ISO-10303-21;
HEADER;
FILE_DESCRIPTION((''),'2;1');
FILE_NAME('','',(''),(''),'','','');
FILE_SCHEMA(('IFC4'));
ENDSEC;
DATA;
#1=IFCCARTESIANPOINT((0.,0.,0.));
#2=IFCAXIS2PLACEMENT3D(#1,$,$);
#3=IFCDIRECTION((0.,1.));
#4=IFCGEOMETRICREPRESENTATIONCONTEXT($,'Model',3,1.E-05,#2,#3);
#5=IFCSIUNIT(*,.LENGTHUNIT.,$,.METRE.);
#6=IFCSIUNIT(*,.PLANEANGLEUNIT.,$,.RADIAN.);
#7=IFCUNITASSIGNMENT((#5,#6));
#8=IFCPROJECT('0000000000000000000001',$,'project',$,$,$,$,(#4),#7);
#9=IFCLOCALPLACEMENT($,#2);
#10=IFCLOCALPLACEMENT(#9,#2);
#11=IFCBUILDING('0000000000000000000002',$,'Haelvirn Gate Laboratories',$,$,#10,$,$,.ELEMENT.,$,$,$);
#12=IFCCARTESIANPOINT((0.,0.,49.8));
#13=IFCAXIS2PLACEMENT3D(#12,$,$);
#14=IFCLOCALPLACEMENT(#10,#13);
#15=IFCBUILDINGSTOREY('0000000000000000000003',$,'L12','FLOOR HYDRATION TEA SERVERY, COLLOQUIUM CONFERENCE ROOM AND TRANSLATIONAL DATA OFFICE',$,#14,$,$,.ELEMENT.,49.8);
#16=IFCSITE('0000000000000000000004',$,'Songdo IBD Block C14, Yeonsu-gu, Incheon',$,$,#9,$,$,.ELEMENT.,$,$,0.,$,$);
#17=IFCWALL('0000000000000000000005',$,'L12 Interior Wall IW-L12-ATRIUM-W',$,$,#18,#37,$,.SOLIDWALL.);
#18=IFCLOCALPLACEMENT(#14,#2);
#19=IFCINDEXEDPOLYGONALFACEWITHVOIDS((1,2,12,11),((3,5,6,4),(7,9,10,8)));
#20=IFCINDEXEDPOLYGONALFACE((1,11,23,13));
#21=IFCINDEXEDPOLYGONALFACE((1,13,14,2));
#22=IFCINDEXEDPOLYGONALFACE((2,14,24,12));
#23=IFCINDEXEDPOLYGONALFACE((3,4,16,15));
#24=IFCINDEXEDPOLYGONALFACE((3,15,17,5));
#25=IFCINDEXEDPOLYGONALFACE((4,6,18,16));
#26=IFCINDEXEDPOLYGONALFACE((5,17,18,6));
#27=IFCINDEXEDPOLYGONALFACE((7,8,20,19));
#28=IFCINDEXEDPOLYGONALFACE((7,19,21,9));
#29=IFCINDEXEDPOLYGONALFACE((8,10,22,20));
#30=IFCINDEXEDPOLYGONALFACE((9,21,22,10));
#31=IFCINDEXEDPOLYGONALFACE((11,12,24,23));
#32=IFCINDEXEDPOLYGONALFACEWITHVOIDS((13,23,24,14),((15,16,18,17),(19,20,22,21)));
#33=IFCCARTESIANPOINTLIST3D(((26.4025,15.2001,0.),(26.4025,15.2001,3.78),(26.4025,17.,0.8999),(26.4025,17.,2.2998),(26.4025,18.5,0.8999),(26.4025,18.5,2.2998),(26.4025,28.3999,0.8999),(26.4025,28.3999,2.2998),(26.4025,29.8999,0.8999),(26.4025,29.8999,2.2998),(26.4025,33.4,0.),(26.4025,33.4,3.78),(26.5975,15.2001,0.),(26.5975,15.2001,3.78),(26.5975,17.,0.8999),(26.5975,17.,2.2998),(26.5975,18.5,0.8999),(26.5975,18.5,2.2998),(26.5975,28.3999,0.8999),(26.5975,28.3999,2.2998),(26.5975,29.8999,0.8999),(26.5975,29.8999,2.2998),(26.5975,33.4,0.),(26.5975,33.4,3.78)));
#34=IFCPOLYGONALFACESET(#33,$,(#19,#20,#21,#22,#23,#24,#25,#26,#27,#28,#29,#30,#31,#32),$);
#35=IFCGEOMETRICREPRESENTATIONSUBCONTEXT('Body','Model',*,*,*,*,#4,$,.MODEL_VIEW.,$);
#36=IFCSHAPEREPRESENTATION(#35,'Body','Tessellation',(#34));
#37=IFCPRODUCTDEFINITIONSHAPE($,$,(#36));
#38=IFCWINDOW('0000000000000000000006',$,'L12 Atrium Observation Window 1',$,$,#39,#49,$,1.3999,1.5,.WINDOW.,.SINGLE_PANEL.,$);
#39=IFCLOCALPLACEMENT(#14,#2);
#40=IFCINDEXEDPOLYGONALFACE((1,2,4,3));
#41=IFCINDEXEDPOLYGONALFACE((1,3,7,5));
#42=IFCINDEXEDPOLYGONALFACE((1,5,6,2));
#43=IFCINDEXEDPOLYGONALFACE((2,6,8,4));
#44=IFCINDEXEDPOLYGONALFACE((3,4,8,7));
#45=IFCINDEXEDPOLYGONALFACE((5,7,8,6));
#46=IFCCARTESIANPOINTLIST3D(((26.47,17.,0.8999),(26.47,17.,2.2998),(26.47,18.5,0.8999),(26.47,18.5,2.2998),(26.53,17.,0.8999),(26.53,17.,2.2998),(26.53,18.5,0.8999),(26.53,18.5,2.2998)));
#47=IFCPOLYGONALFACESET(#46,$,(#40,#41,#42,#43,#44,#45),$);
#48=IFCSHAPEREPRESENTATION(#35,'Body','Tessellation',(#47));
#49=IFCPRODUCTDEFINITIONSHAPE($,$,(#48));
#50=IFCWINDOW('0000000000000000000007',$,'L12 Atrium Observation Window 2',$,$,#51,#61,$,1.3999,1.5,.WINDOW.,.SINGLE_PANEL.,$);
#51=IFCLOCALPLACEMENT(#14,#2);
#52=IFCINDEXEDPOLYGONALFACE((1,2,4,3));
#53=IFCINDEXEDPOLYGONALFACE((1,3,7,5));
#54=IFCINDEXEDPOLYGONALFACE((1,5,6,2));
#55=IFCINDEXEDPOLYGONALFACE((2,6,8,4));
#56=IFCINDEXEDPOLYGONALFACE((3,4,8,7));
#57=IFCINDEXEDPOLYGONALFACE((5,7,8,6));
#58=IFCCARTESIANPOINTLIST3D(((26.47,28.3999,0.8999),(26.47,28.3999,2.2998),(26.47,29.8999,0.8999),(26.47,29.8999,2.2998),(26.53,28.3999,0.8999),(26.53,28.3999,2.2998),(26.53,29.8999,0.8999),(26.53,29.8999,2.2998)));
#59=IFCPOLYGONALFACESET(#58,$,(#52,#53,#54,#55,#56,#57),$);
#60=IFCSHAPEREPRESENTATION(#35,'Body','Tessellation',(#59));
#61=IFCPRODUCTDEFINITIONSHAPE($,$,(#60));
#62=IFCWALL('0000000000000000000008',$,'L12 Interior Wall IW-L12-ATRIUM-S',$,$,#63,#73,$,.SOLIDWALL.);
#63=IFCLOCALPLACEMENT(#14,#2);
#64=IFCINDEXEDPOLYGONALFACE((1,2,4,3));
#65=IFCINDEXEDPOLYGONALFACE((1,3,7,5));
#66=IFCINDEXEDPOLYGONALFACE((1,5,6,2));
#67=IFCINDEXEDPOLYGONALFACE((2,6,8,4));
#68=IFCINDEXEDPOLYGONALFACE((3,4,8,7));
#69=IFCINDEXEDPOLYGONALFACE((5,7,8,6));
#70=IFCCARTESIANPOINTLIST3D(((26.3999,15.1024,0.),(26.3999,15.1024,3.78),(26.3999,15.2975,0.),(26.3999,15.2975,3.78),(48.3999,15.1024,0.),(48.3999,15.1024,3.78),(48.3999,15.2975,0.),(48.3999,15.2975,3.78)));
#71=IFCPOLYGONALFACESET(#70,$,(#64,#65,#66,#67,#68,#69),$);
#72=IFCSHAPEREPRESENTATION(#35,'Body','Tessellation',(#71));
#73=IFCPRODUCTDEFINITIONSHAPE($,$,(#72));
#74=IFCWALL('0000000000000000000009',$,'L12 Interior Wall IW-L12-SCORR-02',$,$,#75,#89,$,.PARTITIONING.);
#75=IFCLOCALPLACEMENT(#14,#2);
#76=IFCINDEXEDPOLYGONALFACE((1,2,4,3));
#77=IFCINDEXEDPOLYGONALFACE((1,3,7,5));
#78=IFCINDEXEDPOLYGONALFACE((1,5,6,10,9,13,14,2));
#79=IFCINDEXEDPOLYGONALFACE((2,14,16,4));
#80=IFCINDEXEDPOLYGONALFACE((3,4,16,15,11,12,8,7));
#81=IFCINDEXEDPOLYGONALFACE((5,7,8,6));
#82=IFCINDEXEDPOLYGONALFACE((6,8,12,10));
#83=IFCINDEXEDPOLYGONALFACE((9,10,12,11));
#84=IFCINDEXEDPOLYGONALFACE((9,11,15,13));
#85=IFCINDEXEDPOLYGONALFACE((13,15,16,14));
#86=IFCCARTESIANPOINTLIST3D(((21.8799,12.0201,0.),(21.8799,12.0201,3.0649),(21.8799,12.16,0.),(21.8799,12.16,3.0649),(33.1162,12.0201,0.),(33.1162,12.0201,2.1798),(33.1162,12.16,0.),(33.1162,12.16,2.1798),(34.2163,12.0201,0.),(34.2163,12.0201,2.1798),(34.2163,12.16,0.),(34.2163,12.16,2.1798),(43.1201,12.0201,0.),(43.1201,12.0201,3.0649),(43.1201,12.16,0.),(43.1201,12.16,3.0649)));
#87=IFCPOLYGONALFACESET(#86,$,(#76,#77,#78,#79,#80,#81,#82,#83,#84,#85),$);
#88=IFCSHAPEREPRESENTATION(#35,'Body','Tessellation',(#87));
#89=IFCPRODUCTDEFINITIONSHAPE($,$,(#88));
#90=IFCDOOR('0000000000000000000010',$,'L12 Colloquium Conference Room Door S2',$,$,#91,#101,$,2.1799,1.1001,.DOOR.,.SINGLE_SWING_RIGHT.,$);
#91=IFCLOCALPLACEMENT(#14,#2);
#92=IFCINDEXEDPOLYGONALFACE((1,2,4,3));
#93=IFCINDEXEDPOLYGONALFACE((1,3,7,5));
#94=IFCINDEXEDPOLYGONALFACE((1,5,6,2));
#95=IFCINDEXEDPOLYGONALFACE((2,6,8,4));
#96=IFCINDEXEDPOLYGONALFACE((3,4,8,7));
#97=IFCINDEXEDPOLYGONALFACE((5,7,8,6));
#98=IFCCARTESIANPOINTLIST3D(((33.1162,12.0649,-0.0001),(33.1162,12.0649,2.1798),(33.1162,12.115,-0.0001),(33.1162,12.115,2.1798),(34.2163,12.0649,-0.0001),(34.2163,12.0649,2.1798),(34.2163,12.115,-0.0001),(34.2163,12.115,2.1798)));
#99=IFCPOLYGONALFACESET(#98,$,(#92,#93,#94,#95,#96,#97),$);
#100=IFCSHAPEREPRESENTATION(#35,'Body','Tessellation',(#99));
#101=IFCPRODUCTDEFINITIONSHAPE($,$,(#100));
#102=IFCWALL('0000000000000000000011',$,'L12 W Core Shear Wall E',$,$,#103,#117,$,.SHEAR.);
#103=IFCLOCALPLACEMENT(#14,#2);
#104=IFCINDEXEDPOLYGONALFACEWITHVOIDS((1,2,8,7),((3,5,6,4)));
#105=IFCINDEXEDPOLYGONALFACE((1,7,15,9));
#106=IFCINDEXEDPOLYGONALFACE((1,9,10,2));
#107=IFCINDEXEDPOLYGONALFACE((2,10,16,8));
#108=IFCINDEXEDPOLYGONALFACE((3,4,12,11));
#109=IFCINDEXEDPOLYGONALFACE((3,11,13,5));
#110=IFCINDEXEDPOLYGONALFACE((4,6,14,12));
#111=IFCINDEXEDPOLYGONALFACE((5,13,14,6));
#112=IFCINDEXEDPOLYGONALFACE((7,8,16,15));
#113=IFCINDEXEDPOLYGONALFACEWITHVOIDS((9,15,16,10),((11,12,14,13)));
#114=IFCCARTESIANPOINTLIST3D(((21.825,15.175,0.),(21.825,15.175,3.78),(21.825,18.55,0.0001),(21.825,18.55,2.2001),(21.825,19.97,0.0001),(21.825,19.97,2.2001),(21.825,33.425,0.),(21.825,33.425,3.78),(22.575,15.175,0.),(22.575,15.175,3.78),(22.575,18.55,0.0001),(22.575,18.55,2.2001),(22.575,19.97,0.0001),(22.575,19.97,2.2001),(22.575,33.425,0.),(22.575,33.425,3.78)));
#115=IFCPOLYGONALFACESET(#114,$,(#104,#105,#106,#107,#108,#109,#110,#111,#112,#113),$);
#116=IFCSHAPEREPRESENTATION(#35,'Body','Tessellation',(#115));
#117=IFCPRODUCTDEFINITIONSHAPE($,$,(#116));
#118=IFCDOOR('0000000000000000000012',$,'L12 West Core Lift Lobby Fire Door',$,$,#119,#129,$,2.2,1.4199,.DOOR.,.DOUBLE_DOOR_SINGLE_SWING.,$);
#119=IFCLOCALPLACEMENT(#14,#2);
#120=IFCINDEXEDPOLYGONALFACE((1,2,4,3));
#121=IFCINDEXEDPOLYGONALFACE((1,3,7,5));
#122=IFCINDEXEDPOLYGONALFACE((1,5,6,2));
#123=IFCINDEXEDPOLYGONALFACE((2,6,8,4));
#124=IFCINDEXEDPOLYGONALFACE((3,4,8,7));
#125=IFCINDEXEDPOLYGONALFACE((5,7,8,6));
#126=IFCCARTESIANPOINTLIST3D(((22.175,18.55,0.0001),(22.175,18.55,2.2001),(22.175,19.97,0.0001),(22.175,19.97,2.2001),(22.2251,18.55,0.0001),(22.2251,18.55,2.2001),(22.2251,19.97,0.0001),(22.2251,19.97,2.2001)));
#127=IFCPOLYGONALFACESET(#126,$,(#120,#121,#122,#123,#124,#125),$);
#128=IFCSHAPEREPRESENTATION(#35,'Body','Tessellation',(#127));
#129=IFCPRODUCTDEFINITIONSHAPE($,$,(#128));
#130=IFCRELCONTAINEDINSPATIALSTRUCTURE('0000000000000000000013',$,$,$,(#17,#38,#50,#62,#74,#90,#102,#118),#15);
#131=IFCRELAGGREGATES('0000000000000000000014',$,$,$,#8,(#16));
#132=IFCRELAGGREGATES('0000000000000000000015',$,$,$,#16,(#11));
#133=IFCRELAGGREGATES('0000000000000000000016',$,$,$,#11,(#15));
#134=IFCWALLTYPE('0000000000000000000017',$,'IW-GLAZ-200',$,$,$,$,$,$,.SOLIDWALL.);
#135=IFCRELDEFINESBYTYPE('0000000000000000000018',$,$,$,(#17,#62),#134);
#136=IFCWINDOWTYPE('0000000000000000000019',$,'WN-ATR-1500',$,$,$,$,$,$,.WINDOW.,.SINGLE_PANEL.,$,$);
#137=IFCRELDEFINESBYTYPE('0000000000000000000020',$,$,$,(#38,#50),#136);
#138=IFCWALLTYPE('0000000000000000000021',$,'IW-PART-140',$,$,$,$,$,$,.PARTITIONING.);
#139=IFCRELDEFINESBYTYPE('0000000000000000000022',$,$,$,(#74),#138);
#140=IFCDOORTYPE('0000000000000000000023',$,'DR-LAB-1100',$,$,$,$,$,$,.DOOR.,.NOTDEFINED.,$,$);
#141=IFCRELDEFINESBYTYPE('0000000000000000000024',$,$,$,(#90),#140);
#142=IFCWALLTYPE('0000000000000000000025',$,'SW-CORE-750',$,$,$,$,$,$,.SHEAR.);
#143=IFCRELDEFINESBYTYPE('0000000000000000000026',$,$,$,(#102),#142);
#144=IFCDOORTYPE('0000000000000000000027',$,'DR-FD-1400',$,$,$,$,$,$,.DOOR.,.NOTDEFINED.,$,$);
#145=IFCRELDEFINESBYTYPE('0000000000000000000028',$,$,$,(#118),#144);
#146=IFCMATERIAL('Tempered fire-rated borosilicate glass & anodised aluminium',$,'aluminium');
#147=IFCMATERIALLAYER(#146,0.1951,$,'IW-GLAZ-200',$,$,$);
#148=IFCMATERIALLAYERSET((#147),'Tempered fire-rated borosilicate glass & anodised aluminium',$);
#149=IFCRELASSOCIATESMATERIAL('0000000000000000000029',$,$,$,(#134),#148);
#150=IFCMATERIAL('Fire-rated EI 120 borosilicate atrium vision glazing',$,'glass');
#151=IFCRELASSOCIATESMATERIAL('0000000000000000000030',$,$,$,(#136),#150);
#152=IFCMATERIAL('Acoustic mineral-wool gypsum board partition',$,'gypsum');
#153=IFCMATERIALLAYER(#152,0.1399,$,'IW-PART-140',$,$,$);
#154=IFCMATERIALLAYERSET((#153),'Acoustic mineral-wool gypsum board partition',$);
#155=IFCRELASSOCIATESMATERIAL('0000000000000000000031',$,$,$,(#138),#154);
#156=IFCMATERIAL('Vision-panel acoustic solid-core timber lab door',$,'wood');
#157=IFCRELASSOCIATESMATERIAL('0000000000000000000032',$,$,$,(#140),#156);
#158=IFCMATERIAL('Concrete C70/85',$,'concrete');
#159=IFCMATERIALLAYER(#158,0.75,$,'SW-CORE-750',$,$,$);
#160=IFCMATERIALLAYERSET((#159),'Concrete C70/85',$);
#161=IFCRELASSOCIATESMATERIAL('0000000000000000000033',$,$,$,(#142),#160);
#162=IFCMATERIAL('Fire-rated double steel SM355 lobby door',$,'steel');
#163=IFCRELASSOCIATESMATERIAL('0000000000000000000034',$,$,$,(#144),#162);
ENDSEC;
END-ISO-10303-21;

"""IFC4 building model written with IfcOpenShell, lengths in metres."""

from ifc_helpers import new_model, si_unit, direction, frame, frame_2d, origin, place, context, subcontext, project, spatial, rectangle, extrude, source, transform, mapped, material, layer, layer_set, type_object, type_shapes, element, fill, save


model = new_model("IFC4")

# Units and contexts
model_context = context("Model", 3, precision=1e-05, world=origin(), true_north=direction((0.0, 1.0)))
body_context = subcontext(model_context, "Body", "Model", "MODEL_VIEW")
ifc_project = project(units=[si_unit("LENGTHUNIT", "METRE"), si_unit("PLANEANGLEUNIT", "RADIAN")], contexts=[model_context])

# Site, building, storey
site_placement = place(None, origin())
site = spatial("IfcSite", under=ifc_project, at=site_placement, Name="Songdo IBD Block C14, Yeonsu-gu, Incheon", CompositionType="ELEMENT", RefElevation=0.0)
building_placement = place(site_placement, origin())
building = spatial("IfcBuilding", under=site, at=building_placement, Name="Haelvirn Gate Laboratories", CompositionType="ELEMENT")
storey_placement = place(building_placement, frame((0.0, 0.0, 49.8)))
storey = spatial("IfcBuildingStorey", under=building, at=storey_placement, Name="L12", Description="FLOOR HYDRATION TEA SERVERY, COLLOQUIUM CONFERENCE ROOM AND TRANSLATIONAL DATA OFFICE", CompositionType="ELEMENT", Elevation=49.8)

# Shared definitions
ifc_material_1 = material(Name="Concrete C70/85", Category="concrete")

# Wall, openings, windows
ifc_material_2 = material(Name="Tempered fire-rated borosilicate glass & anodised aluminium", Category="aluminium")
ifc_layer_1 = layer(ifc_material_2, 0.1951, Name="IW-GLAZ-200")
ifc_layer_set_1 = layer_set([ifc_layer_1], Name="Tempered fire-rated borosilicate glass & anodised aluminium")
wall_type_1 = type_object("IfcWallType", Name="IW-GLAZ-200", PredefinedType="SOLIDWALL", material=ifc_layer_set_1)
wall_1_placement = place(storey_placement, frame((26.5, 15.2, 0.0), z_axis=(0.0, 0.0, 1.0), x_axis=(0.0, 1.0, 0.0)))
wall_1 = element("IfcWall", 1, at=wall_1_placement, inside=storey, type_object=wall_type_1, Name="L12 Interior Wall IW-L12-ATRIUM-W", PredefinedType="SOLIDWALL", context=body_context, shape_type="SweptSolid", body=[
    extrude(rectangle(XDim=18.2, YDim=0.1951, at=frame_2d((9.1001, 0.0))), origin(), (0.0, 0.0, 1.0), 3.78),
])
opening_1_placement = place(wall_1_placement, frame((1.8, 0.0, 0.8999)))
opening_1 = element("IfcOpeningElement", 2, at=opening_1_placement, cuts=wall_1, PredefinedType="OPENING", context=body_context, shape_type="SweptSolid", body=[
    extrude(rectangle(XDim=1.5, YDim=1.3999, at=frame_2d((0.75, 0.7))), frame((0.0, 0.1074, 0.0), z_axis=(0.0, -1.0, 0.0), x_axis=(1.0, 0.0, 0.0)), (0.0, 0.0, 1.0), 0.2151),
])
opening_2_placement = place(wall_1_placement, frame((13.2, 0.0, 0.8999)))
opening_2 = element("IfcOpeningElement", 3, at=opening_2_placement, cuts=wall_1, PredefinedType="OPENING", context=body_context, shape_type="SweptSolid", body=[
    extrude(rectangle(XDim=1.5, YDim=1.3999, at=frame_2d((0.75, 0.7))), frame((0.0, 0.1074, 0.0), z_axis=(0.0, -1.0, 0.0), x_axis=(1.0, 0.0, 0.0)), (0.0, 0.0, 1.0), 0.2151),
])
ifc_material_3 = material(Name="Fire-rated EI 120 borosilicate atrium vision glazing", Category="glass")
window_type = type_object("IfcWindowType", Name="WN-ATR-1500", PartitioningType="SINGLE_PANEL", PredefinedType="WINDOW", material=ifc_material_3)
shared_shape_1 = source(origin(), body_context, "Body", "SweptSolid", [
    extrude(rectangle(XDim=1.5, YDim=1.3999, at=frame_2d((0.75, 0.7))), frame((0.0, 0.03, 0.0), z_axis=(0.0, -1.0, 0.0), x_axis=(1.0, 0.0, 0.0)), (0.0, 0.0, 1.0), 0.0601),
])
type_shapes(window_type, [shared_shape_1])
window_1_placement = place(opening_1_placement, origin())
window_1 = element("IfcWindow", 4, at=window_1_placement, inside=storey, type_object=window_type, Name="L12 Atrium Observation Window 1", OverallHeight=1.3999, OverallWidth=1.5, PartitioningType="SINGLE_PANEL", PredefinedType="WINDOW", context=body_context, shape_type="MappedRepresentation", body=[
    mapped(shared_shape_1, transform((0.0, 0.0, 0.0), scale=1.0)),
])
fill(opening_1, window_1)
window_2_placement = place(opening_2_placement, origin())
window_2 = element("IfcWindow", 5, at=window_2_placement, inside=storey, type_object=window_type, Name="L12 Atrium Observation Window 2", OverallHeight=1.3999, OverallWidth=1.5, PartitioningType="SINGLE_PANEL", PredefinedType="WINDOW", context=body_context, shape_type="MappedRepresentation", body=[
    mapped(shared_shape_1, transform((0.0, 0.0, 0.0), scale=1.0)),
])
fill(opening_2, window_2)

# Wall
wall_2_placement = place(storey_placement, frame((26.3999, 15.2, 0.0), z_axis=(0.0, 0.0, 1.0), x_axis=(1.0, 0.0, 0.0)))
element("IfcWall", 6, at=wall_2_placement, inside=storey, type_object=wall_type_1, Name="L12 Interior Wall IW-L12-ATRIUM-S", PredefinedType="SOLIDWALL", context=body_context, shape_type="SweptSolid", body=[
    extrude(rectangle(XDim=22.0, YDim=0.1951, at=frame_2d((11.0, 0.0))), origin(), (0.0, 0.0, 1.0), 3.78),
])

# Walls, openings, doors
ifc_material_4 = material(Name="Acoustic mineral-wool gypsum board partition", Category="gypsum")
ifc_layer_2 = layer(ifc_material_4, 0.1399, Name="IW-PART-140")
ifc_layer_set_2 = layer_set([ifc_layer_2], Name="Acoustic mineral-wool gypsum board partition")
wall_type_2 = type_object("IfcWallType", Name="IW-PART-140", PredefinedType="PARTITIONING", material=ifc_layer_set_2)
wall_3_placement = place(storey_placement, frame((21.8799, 12.0901, 0.0), z_axis=(0.0, 0.0, 1.0), x_axis=(1.0, 0.0, 0.0)))
wall_3 = element("IfcWall", 7, at=wall_3_placement, inside=storey, type_object=wall_type_2, Name="L12 Interior Wall IW-L12-SCORR-02", PredefinedType="PARTITIONING", context=body_context, shape_type="SweptSolid", body=[
    extrude(rectangle(XDim=21.2402, YDim=0.1399, at=frame_2d((10.6201, 0.0))), origin(), (0.0, 0.0, 1.0), 3.0649),
])
opening_3_placement = place(wall_3_placement, frame((11.2363, 0.0, 0.0)))
opening_3 = element("IfcOpeningElement", 8, at=opening_3_placement, cuts=wall_3, PredefinedType="OPENING", context=body_context, shape_type="SweptSolid", body=[
    extrude(rectangle(XDim=1.1001, YDim=2.1799, at=frame_2d((0.55, 1.0898))), frame((0.0, 0.0801, 0.0), z_axis=(0.0, -1.0, 0.0), x_axis=(1.0, 0.0, 0.0)), (0.0, 0.0, 1.0), 0.1599),
])
ifc_material_5 = material(Name="Vision-panel acoustic solid-core timber lab door", Category="wood")
door_type_1 = type_object("IfcDoorType", Name="DR-LAB-1100", OperationType="NOTDEFINED", PredefinedType="DOOR", material=ifc_material_5)
shared_shape_2 = source(origin(), body_context, "Body", "SweptSolid", [
    extrude(rectangle(XDim=1.1001, YDim=2.1799, at=frame_2d((0.55, 1.0898))), frame((0.0, 0.0249, 0.0), z_axis=(0.0, -1.0, 0.0), x_axis=(1.0, 0.0, 0.0)), (0.0, 0.0, 1.0), 0.05),
])
type_shapes(door_type_1, [shared_shape_2])
door_1_placement = place(opening_3_placement, origin())
door_1 = element("IfcDoor", 9, at=door_1_placement, inside=storey, type_object=door_type_1, Name="L12 Colloquium Conference Room Door S2", OperationType="SINGLE_SWING_RIGHT", OverallHeight=2.1799, OverallWidth=1.1001, PredefinedType="DOOR", context=body_context, shape_type="MappedRepresentation", body=[
    mapped(shared_shape_2, transform((0.0, 0.0, 0.0), scale=1.0)),
])
fill(opening_3, door_1)
ifc_layer_3 = layer(ifc_material_1, 0.75, Name="SW-CORE-750")
ifc_layer_set_3 = layer_set([ifc_layer_3], Name="Concrete C70/85")
wall_type_3 = type_object("IfcWallType", Name="SW-CORE-750", PredefinedType="SHEAR", material=ifc_layer_set_3)
wall_4_placement = place(storey_placement, frame((22.2, 15.175, 0.0), z_axis=(0.0, 0.0, 1.0), x_axis=(0.0, 1.0, 0.0)))
wall_4 = element("IfcWall", 10, at=wall_4_placement, inside=storey, type_object=wall_type_3, Name="L12 W Core Shear Wall E", PredefinedType="SHEAR", context=body_context, shape_type="SweptSolid", body=[
    extrude(rectangle(XDim=18.25, YDim=0.75, at=frame_2d((9.125, 0.0))), origin(), (0.0, 0.0, 1.0), 3.78),
])
opening_4_placement = place(wall_4_placement, frame((3.375, 0.0, 0.0)))
opening_4 = element("IfcOpeningElement", 11, at=opening_4_placement, cuts=wall_4, PredefinedType="OPENING", context=body_context, shape_type="SweptSolid", body=[
    extrude(rectangle(XDim=1.4199, YDim=2.2, at=frame_2d((0.71, 1.1001))), frame((0.0, 0.385, 0.0), z_axis=(0.0, -1.0, 0.0), x_axis=(1.0, 0.0, 0.0)), (0.0, 0.0, 1.0), 0.77),
])
ifc_material_6 = material(Name="Fire-rated double steel SM355 lobby door", Category="steel")
door_type_2 = type_object("IfcDoorType", Name="DR-FD-1400", OperationType="NOTDEFINED", PredefinedType="DOOR", material=ifc_material_6)
shared_shape_3 = source(origin(), body_context, "Body", "SweptSolid", [
    extrude(rectangle(XDim=1.4199, YDim=2.2, at=frame_2d((0.71, 1.1001))), frame((0.0, 0.0249, 0.0), z_axis=(0.0, -1.0, 0.0), x_axis=(1.0, 0.0, 0.0)), (0.0, 0.0, 1.0), 0.05),
])
type_shapes(door_type_2, [shared_shape_3])
door_2_placement = place(opening_4_placement, origin())
door_2 = element("IfcDoor", 12, at=door_2_placement, inside=storey, type_object=door_type_2, Name="L12 West Core Lift Lobby Fire Door", OperationType="DOUBLE_DOOR_SINGLE_SWING", OverallHeight=2.2, OverallWidth=1.4199, PredefinedType="DOOR", context=body_context, shape_type="MappedRepresentation", body=[
    mapped(shared_shape_3, transform((0.0, 0.0, 0.0), scale=1.0)),
])
fill(opening_4, door_2)

save(model, "model.ifc")
